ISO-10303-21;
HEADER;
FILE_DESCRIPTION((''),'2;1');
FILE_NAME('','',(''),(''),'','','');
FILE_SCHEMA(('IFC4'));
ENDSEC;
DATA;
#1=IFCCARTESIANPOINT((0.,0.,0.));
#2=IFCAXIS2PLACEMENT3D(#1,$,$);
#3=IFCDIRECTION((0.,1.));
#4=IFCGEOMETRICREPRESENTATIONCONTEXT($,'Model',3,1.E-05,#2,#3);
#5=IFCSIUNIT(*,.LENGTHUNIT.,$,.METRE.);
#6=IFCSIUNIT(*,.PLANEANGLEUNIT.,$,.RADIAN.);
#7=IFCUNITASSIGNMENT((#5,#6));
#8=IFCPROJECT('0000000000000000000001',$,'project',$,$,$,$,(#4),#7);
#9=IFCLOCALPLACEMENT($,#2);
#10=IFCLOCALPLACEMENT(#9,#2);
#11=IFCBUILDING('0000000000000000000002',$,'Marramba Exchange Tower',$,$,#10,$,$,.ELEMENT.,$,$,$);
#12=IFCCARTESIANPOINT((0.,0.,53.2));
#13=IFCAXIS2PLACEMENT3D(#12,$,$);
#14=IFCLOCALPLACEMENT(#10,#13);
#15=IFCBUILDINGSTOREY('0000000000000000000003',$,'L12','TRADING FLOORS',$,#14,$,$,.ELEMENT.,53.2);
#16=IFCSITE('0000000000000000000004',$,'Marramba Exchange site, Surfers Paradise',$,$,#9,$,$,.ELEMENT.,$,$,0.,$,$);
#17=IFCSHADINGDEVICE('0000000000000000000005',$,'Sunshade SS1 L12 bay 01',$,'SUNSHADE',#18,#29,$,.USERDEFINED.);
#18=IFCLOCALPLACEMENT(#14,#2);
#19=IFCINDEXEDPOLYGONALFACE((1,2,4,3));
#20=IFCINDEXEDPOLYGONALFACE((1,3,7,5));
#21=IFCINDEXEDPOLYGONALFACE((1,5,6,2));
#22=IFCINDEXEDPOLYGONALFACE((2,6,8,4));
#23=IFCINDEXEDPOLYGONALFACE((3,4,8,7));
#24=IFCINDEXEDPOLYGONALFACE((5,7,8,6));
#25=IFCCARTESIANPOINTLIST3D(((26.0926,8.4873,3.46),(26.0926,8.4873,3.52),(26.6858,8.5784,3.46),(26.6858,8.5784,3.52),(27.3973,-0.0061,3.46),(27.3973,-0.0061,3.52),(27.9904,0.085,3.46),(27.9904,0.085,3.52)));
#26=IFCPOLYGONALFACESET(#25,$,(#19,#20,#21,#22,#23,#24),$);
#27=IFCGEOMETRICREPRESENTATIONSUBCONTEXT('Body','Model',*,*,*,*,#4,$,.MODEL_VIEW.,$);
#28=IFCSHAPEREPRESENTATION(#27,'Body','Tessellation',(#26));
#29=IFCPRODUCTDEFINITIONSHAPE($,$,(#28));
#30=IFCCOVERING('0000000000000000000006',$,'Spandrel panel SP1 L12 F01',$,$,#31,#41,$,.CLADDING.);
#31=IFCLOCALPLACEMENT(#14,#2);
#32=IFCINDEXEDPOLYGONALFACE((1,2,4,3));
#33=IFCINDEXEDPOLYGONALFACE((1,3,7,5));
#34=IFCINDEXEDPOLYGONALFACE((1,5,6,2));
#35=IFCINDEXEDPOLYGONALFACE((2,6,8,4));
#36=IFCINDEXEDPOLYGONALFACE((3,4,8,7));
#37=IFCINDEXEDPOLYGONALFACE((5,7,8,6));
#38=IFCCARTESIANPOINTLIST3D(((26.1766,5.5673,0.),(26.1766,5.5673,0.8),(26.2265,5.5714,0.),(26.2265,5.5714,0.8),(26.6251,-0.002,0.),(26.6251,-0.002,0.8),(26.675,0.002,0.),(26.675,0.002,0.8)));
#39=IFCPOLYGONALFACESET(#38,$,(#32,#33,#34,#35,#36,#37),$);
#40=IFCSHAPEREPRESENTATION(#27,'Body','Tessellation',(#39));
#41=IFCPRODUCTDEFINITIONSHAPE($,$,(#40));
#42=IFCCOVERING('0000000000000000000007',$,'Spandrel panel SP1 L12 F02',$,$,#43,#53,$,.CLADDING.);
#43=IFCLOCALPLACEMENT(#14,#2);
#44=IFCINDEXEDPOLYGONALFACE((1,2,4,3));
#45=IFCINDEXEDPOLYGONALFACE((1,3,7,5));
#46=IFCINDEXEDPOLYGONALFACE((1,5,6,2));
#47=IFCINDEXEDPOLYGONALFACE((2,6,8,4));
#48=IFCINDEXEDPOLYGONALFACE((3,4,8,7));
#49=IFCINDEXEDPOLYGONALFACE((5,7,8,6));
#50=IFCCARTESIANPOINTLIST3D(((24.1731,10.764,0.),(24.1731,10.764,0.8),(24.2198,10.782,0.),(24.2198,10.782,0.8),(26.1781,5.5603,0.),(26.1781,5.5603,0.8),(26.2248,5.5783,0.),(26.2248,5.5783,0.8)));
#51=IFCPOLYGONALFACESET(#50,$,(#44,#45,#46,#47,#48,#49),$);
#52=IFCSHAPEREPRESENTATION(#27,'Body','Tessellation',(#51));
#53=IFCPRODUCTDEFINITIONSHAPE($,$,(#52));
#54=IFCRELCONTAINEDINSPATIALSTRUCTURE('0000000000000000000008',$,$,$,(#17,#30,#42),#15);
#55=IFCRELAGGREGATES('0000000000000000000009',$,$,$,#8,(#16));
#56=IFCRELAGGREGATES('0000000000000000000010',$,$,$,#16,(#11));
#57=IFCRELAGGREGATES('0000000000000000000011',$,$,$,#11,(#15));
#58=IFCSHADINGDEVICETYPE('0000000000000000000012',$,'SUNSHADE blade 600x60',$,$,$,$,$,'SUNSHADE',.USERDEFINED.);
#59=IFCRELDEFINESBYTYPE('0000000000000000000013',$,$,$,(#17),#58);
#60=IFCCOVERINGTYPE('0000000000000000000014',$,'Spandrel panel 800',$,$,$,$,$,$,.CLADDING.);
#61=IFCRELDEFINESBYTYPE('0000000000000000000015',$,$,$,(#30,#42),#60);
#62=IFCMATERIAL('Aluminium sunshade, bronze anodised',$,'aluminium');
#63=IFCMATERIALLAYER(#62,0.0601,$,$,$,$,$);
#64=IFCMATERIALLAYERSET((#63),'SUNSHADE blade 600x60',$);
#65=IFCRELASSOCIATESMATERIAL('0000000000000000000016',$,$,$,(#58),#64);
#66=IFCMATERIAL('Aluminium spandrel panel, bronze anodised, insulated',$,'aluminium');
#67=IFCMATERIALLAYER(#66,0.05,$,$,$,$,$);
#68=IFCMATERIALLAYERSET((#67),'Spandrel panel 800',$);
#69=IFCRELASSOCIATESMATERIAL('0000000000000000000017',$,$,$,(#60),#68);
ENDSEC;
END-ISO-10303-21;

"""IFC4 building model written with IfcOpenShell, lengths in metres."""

from ifc_helpers import new_model, si_unit, direction, frame, origin, origin_2d, place, context, subcontext, project, spatial, rectangle, extrude, material, layer, layer_set, type_object, element, save


model = new_model("IFC4")

# Units and contexts
model_context = context("Model", 3, precision=1e-05, world=origin(), true_north=direction((0.0, 1.0)))
body_context = subcontext(model_context, "Body", "Model", "MODEL_VIEW")
ifc_project = project(units=[si_unit("LENGTHUNIT", "METRE"), si_unit("PLANEANGLEUNIT", "RADIAN")], contexts=[model_context])

# Site, building, storey
site_placement = place(None, origin())
site = spatial("IfcSite", under=ifc_project, at=site_placement, Name="Marramba Exchange site, Surfers Paradise", CompositionType="ELEMENT", RefElevation=0.0)
building_placement = place(site_placement, origin())
building = spatial("IfcBuilding", under=site, at=building_placement, Name="Marramba Exchange Tower", CompositionType="ELEMENT")
storey_placement = place(building_placement, frame((0.0, 0.0, 53.2)))
storey = spatial("IfcBuildingStorey", under=building, at=storey_placement, Name="L12", Description="TRADING FLOORS", CompositionType="ELEMENT", Elevation=53.2)

# Shading device
ifc_material_1 = material(Name="Aluminium sunshade, bronze anodised", Category="aluminium")
ifc_layer_1 = layer(ifc_material_1, 0.0601)
ifc_layer_set_1 = layer_set([ifc_layer_1], Name="SUNSHADE blade 600x60")
shading_device_type_1 = type_object("IfcShadingDeviceType", Name="SUNSHADE blade 600x60", ElementType="SUNSHADE", PredefinedType="USERDEFINED", material=ifc_layer_set_1)
shading_device_1_placement = place(storey_placement, frame((27.0415, 4.2861, 3.46), z_axis=(0.0, 0.0, 1.0), x_axis=(-0.151825, 0.988407, 0.0)))
element("IfcShadingDevice", 1, at=shading_device_1_placement, inside=storey, type_object=shading_device_type_1, Name="Sunshade SS1 L12 bay 01", ObjectType="SUNSHADE", PredefinedType="USERDEFINED", context=body_context, shape_type="SweptSolid", body=[
    extrude(rectangle(XDim=8.593, YDim=0.6001, at=origin_2d()), origin(), (0.0, 0.0, 1.0), 0.0601),
])

# Coverings
ifc_material_2 = material(Name="Aluminium spandrel panel, bronze anodised, insulated", Category="aluminium")
ifc_layer_2 = layer(ifc_material_2, 0.05)
ifc_layer_set_2 = layer_set([ifc_layer_2], Name="Spandrel panel 800")
covering_type = type_object("IfcCoveringType", Name="Spandrel panel 800", PredefinedType="CLADDING", material=ifc_layer_set_2)
covering_1_placement = place(storey_placement, frame((26.4258, 2.7847, 0.0), z_axis=(0.0, 0.0, 1.0), x_axis=(-0.080275, 0.996773, 0.0)))
element("IfcCovering", 2, at=covering_1_placement, inside=storey, type_object=covering_type, Name="Spandrel panel SP1 L12 F01", PredefinedType="CLADDING", context=body_context, shape_type="SweptSolid", body=[
    extrude(rectangle(XDim=5.5874, YDim=0.05, at=origin_2d()), origin(), (0.0, 0.0, 1.0), 0.8),
])
covering_2_placement = place(storey_placement, frame((25.199, 8.1711, 0.0), z_axis=(0.0, 0.0, 1.0), x_axis=(-0.359526, 0.933135, 0.0)))
element("IfcCovering", 3, at=covering_2_placement, inside=storey, type_object=covering_type, Name="Spandrel panel SP1 L12 F02", PredefinedType="CLADDING", context=body_context, shape_type="SweptSolid", body=[
    extrude(rectangle(XDim=5.5767, YDim=0.05, at=origin_2d()), origin(), (0.0, 0.0, 1.0), 0.8),
])

save(model, "model.ifc")
